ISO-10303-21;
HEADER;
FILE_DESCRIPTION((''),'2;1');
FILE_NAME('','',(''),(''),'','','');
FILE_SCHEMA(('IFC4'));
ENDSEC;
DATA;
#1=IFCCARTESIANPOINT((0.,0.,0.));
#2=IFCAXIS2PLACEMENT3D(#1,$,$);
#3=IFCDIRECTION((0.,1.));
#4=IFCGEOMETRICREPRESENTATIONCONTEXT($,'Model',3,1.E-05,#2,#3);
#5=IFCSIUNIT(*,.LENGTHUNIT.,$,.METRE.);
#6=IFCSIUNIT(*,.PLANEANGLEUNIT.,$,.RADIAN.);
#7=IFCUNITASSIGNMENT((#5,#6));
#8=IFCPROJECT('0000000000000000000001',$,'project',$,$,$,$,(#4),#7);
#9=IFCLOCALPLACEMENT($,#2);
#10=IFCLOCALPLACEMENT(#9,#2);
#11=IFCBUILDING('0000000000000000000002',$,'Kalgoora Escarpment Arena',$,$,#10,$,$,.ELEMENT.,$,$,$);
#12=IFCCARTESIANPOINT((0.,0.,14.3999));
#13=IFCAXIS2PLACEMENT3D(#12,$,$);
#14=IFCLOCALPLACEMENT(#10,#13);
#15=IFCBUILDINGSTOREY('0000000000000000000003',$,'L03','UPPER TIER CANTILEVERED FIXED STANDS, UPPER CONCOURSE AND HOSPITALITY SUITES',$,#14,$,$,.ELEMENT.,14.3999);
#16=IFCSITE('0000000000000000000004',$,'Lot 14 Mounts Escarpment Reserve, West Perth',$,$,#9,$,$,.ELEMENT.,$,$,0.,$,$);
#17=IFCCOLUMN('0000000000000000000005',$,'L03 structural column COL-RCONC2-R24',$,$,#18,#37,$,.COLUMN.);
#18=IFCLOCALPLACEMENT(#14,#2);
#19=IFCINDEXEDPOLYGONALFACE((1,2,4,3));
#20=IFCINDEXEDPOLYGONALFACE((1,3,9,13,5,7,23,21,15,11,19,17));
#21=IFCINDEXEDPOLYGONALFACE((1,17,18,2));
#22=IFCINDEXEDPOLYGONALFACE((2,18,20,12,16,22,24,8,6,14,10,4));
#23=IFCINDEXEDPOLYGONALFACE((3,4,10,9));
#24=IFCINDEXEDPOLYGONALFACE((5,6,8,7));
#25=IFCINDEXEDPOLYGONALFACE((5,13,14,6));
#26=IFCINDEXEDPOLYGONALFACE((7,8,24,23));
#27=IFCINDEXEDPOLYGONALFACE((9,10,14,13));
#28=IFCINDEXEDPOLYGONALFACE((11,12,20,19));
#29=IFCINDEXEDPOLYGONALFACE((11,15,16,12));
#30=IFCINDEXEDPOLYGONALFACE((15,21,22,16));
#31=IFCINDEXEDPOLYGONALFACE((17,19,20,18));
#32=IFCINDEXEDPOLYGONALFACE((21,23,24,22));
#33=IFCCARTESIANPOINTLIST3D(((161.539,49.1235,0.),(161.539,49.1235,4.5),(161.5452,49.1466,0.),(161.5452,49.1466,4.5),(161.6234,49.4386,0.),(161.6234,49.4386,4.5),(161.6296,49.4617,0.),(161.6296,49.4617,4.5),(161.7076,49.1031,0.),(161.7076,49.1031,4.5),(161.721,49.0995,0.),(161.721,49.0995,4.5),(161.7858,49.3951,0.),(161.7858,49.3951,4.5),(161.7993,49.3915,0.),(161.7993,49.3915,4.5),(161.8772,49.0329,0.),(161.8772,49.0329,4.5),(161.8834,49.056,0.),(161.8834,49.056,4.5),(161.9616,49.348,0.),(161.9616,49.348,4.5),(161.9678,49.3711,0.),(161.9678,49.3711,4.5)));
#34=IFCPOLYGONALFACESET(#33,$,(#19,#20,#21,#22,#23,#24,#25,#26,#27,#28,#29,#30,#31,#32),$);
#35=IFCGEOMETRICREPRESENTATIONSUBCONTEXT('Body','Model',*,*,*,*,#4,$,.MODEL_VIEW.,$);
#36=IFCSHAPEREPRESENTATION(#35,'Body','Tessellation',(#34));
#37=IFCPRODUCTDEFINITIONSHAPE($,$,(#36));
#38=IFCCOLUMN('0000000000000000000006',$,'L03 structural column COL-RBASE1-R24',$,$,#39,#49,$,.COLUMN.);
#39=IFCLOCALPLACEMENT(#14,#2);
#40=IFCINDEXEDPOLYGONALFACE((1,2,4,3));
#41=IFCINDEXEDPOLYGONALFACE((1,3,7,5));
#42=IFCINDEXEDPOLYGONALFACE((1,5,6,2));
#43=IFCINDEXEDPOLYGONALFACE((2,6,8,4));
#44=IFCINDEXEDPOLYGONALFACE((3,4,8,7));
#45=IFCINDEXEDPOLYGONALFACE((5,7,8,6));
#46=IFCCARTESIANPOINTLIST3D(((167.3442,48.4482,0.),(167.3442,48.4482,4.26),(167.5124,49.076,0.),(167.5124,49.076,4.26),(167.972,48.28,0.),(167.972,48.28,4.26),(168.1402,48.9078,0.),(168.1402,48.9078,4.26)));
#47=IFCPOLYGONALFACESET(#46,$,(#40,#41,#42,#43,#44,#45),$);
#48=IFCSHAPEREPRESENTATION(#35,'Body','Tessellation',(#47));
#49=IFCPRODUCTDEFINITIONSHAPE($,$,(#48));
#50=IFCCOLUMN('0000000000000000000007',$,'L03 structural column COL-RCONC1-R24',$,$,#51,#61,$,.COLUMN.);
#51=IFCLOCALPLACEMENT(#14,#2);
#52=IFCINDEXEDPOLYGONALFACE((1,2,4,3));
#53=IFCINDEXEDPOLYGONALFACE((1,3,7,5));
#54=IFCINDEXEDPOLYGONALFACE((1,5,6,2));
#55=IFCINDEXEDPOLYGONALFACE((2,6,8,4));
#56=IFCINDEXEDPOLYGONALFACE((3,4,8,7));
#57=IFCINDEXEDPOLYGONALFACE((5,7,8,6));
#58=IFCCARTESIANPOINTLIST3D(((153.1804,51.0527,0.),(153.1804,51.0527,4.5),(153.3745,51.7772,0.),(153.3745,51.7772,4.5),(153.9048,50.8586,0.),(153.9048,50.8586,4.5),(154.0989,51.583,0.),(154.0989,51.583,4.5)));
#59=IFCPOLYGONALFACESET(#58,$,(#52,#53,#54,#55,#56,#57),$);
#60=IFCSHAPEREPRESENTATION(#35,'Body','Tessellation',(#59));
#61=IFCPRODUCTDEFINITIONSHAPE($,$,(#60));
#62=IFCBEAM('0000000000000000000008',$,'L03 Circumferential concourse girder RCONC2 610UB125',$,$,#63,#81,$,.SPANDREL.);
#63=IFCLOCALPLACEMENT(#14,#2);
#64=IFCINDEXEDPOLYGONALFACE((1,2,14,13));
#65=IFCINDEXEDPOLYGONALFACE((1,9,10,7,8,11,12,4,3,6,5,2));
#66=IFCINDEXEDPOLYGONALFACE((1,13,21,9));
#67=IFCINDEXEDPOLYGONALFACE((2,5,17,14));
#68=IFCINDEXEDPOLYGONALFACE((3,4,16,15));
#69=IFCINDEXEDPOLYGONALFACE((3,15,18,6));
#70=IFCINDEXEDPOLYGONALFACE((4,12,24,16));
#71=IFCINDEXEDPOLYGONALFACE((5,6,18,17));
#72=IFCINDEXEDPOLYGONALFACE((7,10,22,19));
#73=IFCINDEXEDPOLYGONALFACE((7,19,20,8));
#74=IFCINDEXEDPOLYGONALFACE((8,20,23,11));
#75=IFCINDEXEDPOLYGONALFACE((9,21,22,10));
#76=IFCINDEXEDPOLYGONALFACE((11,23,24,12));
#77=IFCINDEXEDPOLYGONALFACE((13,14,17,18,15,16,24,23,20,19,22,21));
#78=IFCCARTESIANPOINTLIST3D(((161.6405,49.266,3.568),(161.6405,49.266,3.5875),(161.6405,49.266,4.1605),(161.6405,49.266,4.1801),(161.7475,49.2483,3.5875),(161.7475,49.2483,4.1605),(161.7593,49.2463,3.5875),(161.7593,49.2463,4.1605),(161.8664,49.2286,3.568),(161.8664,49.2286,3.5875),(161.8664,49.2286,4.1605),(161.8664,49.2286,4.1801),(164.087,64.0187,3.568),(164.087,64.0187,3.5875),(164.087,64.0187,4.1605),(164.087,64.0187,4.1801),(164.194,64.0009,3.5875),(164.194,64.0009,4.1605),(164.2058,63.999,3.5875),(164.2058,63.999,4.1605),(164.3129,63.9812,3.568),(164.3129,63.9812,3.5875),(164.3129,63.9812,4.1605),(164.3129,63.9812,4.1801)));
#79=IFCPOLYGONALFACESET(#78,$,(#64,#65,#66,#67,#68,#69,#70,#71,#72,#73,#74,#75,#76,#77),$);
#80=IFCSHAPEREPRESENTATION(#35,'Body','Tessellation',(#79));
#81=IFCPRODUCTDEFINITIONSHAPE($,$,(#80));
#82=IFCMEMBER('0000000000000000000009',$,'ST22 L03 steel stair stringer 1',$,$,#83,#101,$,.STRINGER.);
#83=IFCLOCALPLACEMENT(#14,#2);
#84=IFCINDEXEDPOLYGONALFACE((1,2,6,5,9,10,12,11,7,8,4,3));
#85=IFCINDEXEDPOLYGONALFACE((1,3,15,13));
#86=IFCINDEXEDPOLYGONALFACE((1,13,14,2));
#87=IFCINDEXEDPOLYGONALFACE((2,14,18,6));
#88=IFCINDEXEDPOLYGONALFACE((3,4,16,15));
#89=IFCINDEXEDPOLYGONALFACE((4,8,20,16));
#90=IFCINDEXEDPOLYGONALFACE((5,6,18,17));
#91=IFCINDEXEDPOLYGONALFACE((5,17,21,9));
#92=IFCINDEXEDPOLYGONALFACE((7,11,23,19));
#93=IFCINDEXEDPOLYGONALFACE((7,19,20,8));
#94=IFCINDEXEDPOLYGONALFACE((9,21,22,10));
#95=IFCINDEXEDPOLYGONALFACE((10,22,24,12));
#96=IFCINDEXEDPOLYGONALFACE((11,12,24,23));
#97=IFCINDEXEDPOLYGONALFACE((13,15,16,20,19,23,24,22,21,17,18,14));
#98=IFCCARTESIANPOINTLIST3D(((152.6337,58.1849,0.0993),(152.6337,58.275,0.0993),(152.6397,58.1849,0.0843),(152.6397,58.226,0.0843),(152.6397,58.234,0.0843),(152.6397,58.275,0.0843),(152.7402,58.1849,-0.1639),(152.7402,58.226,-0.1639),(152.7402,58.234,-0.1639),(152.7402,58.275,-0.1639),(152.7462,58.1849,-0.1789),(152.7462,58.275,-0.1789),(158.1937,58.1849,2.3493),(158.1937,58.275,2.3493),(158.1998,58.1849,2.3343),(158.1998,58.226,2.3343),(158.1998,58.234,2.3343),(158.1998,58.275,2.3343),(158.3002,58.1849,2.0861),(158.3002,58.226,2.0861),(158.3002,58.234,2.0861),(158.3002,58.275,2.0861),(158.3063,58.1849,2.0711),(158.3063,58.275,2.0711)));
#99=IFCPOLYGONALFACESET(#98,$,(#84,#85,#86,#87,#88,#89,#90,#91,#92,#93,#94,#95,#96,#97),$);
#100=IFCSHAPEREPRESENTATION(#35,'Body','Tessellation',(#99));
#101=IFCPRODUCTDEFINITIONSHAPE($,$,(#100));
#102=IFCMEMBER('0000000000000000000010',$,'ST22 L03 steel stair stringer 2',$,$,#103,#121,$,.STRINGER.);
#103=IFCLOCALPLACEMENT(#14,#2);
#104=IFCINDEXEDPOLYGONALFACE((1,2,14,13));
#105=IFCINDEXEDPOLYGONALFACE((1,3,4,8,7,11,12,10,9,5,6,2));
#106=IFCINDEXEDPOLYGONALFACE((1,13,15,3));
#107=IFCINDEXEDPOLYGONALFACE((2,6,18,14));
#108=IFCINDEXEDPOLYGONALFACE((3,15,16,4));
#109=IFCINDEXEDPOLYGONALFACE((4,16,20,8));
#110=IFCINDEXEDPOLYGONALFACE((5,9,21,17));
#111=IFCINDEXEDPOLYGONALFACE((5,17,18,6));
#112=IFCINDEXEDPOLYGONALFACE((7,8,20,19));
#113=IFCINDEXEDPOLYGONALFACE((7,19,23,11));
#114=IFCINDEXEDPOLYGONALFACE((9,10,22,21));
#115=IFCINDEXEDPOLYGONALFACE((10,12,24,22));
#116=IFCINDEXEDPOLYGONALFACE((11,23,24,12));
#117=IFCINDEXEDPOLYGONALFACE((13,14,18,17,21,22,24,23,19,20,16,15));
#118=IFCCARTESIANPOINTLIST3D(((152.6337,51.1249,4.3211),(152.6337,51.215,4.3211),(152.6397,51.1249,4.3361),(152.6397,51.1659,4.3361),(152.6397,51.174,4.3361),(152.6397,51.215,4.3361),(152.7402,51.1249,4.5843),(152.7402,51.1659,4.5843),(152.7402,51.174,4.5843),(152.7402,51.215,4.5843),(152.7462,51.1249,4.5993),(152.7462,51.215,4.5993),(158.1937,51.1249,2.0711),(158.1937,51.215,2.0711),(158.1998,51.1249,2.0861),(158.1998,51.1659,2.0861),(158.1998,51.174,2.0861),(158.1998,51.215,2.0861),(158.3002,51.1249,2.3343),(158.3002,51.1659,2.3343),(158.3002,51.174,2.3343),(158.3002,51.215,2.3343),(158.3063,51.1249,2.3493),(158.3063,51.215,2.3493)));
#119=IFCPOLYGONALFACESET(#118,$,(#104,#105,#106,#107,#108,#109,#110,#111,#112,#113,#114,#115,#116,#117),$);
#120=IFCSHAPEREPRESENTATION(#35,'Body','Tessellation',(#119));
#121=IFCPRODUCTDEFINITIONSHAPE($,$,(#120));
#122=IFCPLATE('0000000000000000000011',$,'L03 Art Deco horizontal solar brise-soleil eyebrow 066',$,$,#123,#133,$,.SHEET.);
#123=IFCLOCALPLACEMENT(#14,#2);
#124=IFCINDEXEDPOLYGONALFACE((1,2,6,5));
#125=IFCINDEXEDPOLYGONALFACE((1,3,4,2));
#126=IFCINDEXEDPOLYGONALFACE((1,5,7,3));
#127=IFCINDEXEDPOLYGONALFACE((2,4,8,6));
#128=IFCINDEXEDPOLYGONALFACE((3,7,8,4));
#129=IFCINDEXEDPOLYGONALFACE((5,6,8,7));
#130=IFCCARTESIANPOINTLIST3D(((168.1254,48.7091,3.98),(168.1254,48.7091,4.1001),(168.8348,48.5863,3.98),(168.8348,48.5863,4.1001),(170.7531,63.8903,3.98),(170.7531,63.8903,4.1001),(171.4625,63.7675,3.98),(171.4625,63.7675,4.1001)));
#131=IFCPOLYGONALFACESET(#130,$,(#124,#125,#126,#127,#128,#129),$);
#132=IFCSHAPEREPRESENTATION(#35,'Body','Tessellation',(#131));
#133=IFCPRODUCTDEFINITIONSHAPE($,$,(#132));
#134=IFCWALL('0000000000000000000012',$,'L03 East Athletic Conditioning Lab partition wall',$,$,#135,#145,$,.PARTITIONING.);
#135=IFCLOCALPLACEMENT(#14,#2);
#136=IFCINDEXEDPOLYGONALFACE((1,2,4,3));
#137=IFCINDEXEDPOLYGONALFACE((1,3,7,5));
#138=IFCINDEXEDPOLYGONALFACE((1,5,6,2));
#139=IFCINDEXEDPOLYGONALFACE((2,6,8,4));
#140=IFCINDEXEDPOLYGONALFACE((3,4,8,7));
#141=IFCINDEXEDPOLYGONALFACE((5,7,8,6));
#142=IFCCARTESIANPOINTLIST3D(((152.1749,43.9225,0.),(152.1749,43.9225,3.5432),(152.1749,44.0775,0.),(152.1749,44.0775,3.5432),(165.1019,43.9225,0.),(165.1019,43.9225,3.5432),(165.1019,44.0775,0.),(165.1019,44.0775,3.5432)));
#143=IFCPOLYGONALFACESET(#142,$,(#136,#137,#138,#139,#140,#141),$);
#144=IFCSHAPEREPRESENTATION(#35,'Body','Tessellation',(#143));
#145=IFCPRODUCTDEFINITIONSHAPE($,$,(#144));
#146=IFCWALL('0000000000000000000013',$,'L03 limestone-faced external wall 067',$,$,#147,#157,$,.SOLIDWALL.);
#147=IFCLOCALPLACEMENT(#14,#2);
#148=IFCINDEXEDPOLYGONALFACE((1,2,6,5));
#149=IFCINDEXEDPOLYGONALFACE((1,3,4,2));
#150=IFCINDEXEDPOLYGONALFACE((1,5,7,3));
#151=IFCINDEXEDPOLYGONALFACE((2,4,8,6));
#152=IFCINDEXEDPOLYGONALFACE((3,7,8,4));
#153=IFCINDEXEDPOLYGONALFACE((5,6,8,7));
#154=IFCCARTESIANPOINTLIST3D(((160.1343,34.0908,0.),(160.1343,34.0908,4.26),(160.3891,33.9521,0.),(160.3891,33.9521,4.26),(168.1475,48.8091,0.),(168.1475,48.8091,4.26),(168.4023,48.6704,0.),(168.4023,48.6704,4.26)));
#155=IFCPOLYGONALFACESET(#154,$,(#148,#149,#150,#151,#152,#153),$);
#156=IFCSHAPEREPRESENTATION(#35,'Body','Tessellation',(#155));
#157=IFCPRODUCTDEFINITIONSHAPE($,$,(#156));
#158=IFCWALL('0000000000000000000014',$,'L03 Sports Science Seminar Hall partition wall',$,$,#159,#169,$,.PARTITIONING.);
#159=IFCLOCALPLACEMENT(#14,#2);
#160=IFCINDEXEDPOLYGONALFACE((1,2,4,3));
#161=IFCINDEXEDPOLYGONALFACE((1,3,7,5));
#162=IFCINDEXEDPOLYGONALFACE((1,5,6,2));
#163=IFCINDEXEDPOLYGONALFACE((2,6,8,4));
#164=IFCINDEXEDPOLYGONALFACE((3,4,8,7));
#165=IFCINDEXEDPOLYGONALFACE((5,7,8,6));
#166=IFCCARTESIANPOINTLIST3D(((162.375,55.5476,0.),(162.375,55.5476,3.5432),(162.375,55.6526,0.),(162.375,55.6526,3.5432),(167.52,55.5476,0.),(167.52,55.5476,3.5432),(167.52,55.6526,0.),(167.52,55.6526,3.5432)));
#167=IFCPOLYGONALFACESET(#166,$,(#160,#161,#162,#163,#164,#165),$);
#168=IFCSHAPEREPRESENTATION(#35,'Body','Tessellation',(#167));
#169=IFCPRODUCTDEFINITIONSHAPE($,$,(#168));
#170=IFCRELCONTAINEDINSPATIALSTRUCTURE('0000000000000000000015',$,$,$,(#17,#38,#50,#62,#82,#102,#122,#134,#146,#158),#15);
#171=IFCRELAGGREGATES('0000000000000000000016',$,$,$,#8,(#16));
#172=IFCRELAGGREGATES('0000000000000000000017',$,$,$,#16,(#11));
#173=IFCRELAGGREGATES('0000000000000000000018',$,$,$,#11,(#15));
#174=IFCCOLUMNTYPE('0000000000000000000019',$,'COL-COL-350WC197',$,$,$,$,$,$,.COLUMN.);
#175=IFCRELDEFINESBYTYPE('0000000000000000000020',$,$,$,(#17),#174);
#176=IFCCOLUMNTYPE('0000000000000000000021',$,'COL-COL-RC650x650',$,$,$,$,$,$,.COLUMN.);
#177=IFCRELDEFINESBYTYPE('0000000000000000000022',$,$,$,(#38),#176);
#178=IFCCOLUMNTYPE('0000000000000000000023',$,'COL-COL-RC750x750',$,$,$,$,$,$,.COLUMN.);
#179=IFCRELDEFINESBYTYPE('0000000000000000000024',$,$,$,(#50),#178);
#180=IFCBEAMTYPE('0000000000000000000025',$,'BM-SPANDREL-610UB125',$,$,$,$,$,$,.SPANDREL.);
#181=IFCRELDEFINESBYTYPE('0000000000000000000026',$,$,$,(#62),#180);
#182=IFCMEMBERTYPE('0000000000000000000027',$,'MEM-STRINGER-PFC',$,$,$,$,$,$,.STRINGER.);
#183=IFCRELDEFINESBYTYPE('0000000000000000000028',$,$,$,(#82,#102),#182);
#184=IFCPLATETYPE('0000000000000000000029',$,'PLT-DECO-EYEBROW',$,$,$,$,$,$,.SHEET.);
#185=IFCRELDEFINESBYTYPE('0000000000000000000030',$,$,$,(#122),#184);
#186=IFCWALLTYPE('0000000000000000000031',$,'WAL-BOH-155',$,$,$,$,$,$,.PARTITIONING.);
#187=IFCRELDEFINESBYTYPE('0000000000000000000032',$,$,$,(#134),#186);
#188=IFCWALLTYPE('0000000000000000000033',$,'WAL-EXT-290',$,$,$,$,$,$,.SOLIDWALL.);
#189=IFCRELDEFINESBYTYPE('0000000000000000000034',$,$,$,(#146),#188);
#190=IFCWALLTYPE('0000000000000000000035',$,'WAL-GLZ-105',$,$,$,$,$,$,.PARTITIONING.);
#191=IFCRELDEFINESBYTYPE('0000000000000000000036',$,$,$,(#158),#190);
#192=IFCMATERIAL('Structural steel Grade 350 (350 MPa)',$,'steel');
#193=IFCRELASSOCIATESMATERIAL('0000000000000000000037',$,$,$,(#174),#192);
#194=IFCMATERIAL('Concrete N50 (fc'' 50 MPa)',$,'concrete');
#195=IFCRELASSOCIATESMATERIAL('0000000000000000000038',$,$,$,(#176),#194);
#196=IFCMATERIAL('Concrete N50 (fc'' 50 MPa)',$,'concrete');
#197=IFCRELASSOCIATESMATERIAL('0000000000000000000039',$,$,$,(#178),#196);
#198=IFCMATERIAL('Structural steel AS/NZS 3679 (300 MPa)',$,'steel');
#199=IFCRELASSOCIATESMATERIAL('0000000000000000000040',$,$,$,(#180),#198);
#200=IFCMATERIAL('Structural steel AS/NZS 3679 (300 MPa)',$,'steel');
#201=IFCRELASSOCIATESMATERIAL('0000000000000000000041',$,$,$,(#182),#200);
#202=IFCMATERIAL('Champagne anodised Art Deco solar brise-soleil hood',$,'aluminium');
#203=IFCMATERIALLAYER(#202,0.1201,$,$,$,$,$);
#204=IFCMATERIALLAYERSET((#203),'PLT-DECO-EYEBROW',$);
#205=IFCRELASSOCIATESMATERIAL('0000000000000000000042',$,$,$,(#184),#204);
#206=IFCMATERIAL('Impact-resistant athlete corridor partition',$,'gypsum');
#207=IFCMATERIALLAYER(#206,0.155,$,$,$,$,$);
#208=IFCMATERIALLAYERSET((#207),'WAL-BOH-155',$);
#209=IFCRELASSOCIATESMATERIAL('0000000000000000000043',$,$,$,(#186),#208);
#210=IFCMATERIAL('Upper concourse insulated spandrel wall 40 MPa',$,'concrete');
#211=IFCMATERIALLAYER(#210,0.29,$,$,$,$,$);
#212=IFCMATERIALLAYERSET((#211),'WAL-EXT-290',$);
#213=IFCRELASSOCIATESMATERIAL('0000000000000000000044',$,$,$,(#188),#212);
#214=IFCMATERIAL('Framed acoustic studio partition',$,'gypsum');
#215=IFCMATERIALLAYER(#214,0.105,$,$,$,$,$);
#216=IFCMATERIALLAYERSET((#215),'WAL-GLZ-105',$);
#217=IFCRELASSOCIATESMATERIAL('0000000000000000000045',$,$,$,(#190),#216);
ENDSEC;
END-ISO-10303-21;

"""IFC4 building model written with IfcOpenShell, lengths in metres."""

from ifc_helpers import new_model, si_unit, direction, frame, frame_2d, origin, origin_2d, place, context, subcontext, project, spatial, rectangle, i_section, extrude, material, layer, layer_set, material_profile, profile_set, type_object, element, save


model = new_model("IFC4")

# Units and contexts
model_context = context("Model", 3, precision=1e-05, world=origin(), true_north=direction((0.0, 1.0)))
body_context = subcontext(model_context, "Body", "Model", "MODEL_VIEW")
ifc_project = project(units=[si_unit("LENGTHUNIT", "METRE"), si_unit("PLANEANGLEUNIT", "RADIAN")], contexts=[model_context])

# Site, building, storey
site_placement = place(None, origin())
site = spatial("IfcSite", under=ifc_project, at=site_placement, Name="Lot 14 Mounts Escarpment Reserve, West Perth", CompositionType="ELEMENT", RefElevation=0.0)
building_placement = place(site_placement, origin())
building = spatial("IfcBuilding", under=site, at=building_placement, Name="Kalgoora Escarpment Arena", CompositionType="ELEMENT")
storey_placement = place(building_placement, frame((0.0, 0.0, 14.3999)))
storey = spatial("IfcBuildingStorey", under=building, at=storey_placement, Name="L03", Description="UPPER TIER CANTILEVERED FIXED STANDS, UPPER CONCOURSE AND HOSPITALITY SUITES", CompositionType="ELEMENT", Elevation=14.3999)

# Columns
ifc_material_1 = material(Name="Structural steel Grade 350 (350 MPa)", Category="steel")
ifc_material_profile_1 = material_profile(ifc_material_1, i_section(OverallWidth=0.3501, OverallDepth=0.3501, WebThickness=0.0139, FlangeThickness=0.0239, at=origin_2d()))
ifc_profile_set_1 = profile_set([ifc_material_profile_1], Name="Structural steel Grade 350 (350 MPa)")
column_type_1 = type_object("IfcColumnType", Name="COL-COL-350WC197", PredefinedType="COLUMN", material=ifc_profile_set_1)
column_1_placement = place(storey_placement, frame((161.7534, 49.2473, 0.0), z_axis=(0.0, 0.0, 1.0), x_axis=(0.965926, -0.258819, 0.0)))
element("IfcColumn", 1, at=column_1_placement, inside=storey, type_object=column_type_1, Name="L03 structural column COL-RCONC2-R24", PredefinedType="COLUMN", context=body_context, shape_type="SweptSolid", body=[
    extrude(i_section(OverallWidth=0.3501, OverallDepth=0.3501, WebThickness=0.0139, FlangeThickness=0.0239, at=origin_2d()), origin(), (0.0, 0.0, 1.0), 4.5),
])
ifc_material_2 = material(Name="Concrete N50 (fc' 50 MPa)", Category="concrete")
ifc_material_profile_2 = material_profile(ifc_material_2, rectangle(XDim=0.6499, YDim=0.6499, at=origin_2d()))
ifc_profile_set_2 = profile_set([ifc_material_profile_2], Name="Concrete N50 (fc' 50 MPa)")
column_type_2 = type_object("IfcColumnType", Name="COL-COL-RC650x650", PredefinedType="COLUMN", material=ifc_profile_set_2)
column_2_placement = place(storey_placement, frame((167.7422, 48.678, 0.0), z_axis=(0.0, 0.0, 1.0), x_axis=(0.965926, -0.258819, 0.0)))
element("IfcColumn", 2, at=column_2_placement, inside=storey, type_object=column_type_2, Name="L03 structural column COL-RBASE1-R24", PredefinedType="COLUMN", context=body_context, shape_type="SweptSolid", body=[
    extrude(rectangle(XDim=0.6499, YDim=0.6499, at=origin_2d()), origin(), (0.0, 0.0, 1.0), 4.26),
])
ifc_material_3 = material(Name="Concrete N50 (fc' 50 MPa)", Category="concrete")
ifc_material_profile_3 = material_profile(ifc_material_3, rectangle(XDim=0.75, YDim=0.75, at=origin_2d()))
ifc_profile_set_3 = profile_set([ifc_material_profile_3], Name="Concrete N50 (fc' 50 MPa)")
column_type_3 = type_object("IfcColumnType", Name="COL-COL-RC750x750", PredefinedType="COLUMN", material=ifc_profile_set_3)
column_3_placement = place(storey_placement, frame((153.6396, 51.3179, 0.0), z_axis=(0.0, 0.0, 1.0), x_axis=(0.965926, -0.258819, 0.0)))
element("IfcColumn", 3, at=column_3_placement, inside=storey, type_object=column_type_3, Name="L03 structural column COL-RCONC1-R24", PredefinedType="COLUMN", context=body_context, shape_type="SweptSolid", body=[
    extrude(rectangle(XDim=0.75, YDim=0.75, at=origin_2d()), origin(), (0.0, 0.0, 1.0), 4.5),
])

# Beam
ifc_material_4 = material(Name="Structural steel AS/NZS 3679 (300 MPa)", Category="steel")
ifc_material_profile_4 = material_profile(ifc_material_4, i_section(OverallWidth=0.229, OverallDepth=0.6121, WebThickness=0.012, FlangeThickness=0.0195, at=origin_2d()))
ifc_profile_set_4 = profile_set([ifc_material_profile_4], Name="Structural steel AS/NZS 3679 (300 MPa)")
beam_type = type_object("IfcBeamType", Name="BM-SPANDREL-610UB125", PredefinedType="SPANDREL", material=ifc_profile_set_4)
beam_placement = place(storey_placement, frame((161.7534, 49.2473, 3.874), z_axis=(0.163602, 0.986526, 0.0), x_axis=(-0.986526, 0.163602, 0.0)))
element("IfcBeam", 4, at=beam_placement, inside=storey, type_object=beam_type, Name="L03 Circumferential concourse girder RCONC2 610UB125", PredefinedType="SPANDREL", context=body_context, shape_type="SweptSolid", body=[
    extrude(i_section(OverallWidth=0.229, OverallDepth=0.6121, WebThickness=0.012, FlangeThickness=0.0195, at=origin_2d()), origin(), (0.0, 0.0, 1.0), 14.9541),
])

# Members
ifc_material_5 = material(Name="Structural steel AS/NZS 3679 (300 MPa)", Category="steel")
ifc_material_profile_5 = material_profile(ifc_material_5, i_section(OverallWidth=0.0901, OverallDepth=0.3, WebThickness=0.0081, FlangeThickness=0.0161, at=origin_2d()))
ifc_profile_set_5 = profile_set([ifc_material_profile_5], Name="Structural steel AS/NZS 3679 (300 MPa)")
member_type = type_object("IfcMemberType", Name="MEM-STRINGER-PFC", PredefinedType="STRINGER", material=ifc_profile_set_5)
for number, where, z_axis, x_axis, name in (
    (5, (152.6899, 58.23, -0.0398), (0.926976, 0.0, 0.375121), (0.0, 1.0, 0.0), "ST22 L03 steel stair stringer 1"),
    (6, (158.25, 51.1699, 2.2102), (-0.926976, 0.0, 0.375121), (0.0, -1.0, 0.0), "ST22 L03 steel stair stringer 2"),
):
    element("IfcMember", number, at=place(storey_placement, frame(where, z_axis=z_axis, x_axis=x_axis)), inside=storey, type_object=member_type, Name=name, PredefinedType="STRINGER", context=body_context, shape_type="SweptSolid", body=[
        extrude(i_section(OverallWidth=0.0901, OverallDepth=0.3, WebThickness=0.0081, FlangeThickness=0.0161, at=origin_2d()), origin(), (0.0, 0.0, 1.0), 5.998),
    ])

# Plate
ifc_material_6 = material(Name="Champagne anodised Art Deco solar brise-soleil hood", Category="aluminium")
ifc_layer_1 = layer(ifc_material_6, 0.1201)
ifc_layer_set_1 = layer_set([ifc_layer_1], Name="PLT-DECO-EYEBROW")
plate_type = type_object("IfcPlateType", Name="PLT-DECO-EYEBROW", PredefinedType="SHEET", material=ifc_layer_set_1)
plate_placement = place(storey_placement, frame((169.7939, 56.2383, 3.98), z_axis=(0.0, 0.0, 1.0), x_axis=(-0.170553, -0.985348, 0.0)))
element("IfcPlate", 7, at=plate_placement, inside=storey, type_object=plate_type, Name="L03 Art Deco horizontal solar brise-soleil eyebrow 066", PredefinedType="SHEET", context=body_context, shape_type="SweptSolid", body=[
    extrude(rectangle(XDim=15.407, YDim=0.72, at=origin_2d()), origin(), (0.0, 0.0, 1.0), 0.1201),
])

# Walls
ifc_material_7 = material(Name="Impact-resistant athlete corridor partition", Category="gypsum")
ifc_layer_2 = layer(ifc_material_7, 0.155)
ifc_layer_set_2 = layer_set([ifc_layer_2], Name="WAL-BOH-155")
wall_type_1 = type_object("IfcWallType", Name="WAL-BOH-155", PredefinedType="PARTITIONING", material=ifc_layer_set_2)
wall_1_placement = place(storey_placement, frame((152.175, 44.0, 0.0), z_axis=(0.0, 0.0, 1.0), x_axis=(1.0, 0.0, 0.0)))
element("IfcWall", 8, at=wall_1_placement, inside=storey, type_object=wall_type_1, Name="L03 East Athletic Conditioning Lab partition wall", PredefinedType="PARTITIONING", context=body_context, shape_type="SweptSolid", body=[
    extrude(rectangle(XDim=12.927, YDim=0.155, at=frame_2d((6.4634, 0.0))), origin(), (0.0, 0.0, 1.0), 3.5432),
])
ifc_material_8 = material(Name="Upper concourse insulated spandrel wall 40 MPa", Category="concrete")
ifc_layer_3 = layer(ifc_material_8, 0.29)
ifc_layer_set_3 = layer_set([ifc_layer_3], Name="WAL-EXT-290")
wall_type_2 = type_object("IfcWallType", Name="WAL-EXT-290", PredefinedType="SOLIDWALL", material=ifc_layer_set_3)
wall_2_placement = place(storey_placement, frame((168.2749, 48.7397, 0.0), z_axis=(0.0, 0.0, 1.0), x_axis=(-0.478164, -0.878271, 0.0)))
element("IfcWall", 9, at=wall_2_placement, inside=storey, type_object=wall_type_2, Name="L03 limestone-faced external wall 067", PredefinedType="SOLIDWALL", context=body_context, shape_type="SweptSolid", body=[
    extrude(rectangle(XDim=16.7583, YDim=0.29, at=frame_2d((8.3792, 0.0))), origin(), (0.0, 0.0, 1.0), 4.26),
])
ifc_material_9 = material(Name="Framed acoustic studio partition", Category="gypsum")
ifc_layer_4 = layer(ifc_material_9, 0.105)
ifc_layer_set_4 = layer_set([ifc_layer_4], Name="WAL-GLZ-105")
wall_type_3 = type_object("IfcWallType", Name="WAL-GLZ-105", PredefinedType="PARTITIONING", material=ifc_layer_set_4)
wall_3_placement = place(storey_placement, frame((162.375, 55.6001, 0.0), z_axis=(0.0, 0.0, 1.0), x_axis=(1.0, 0.0, 0.0)))
element("IfcWall", 10, at=wall_3_placement, inside=storey, type_object=wall_type_3, Name="L03 Sports Science Seminar Hall partition wall", PredefinedType="PARTITIONING", context=body_context, shape_type="SweptSolid", body=[
    extrude(rectangle(XDim=5.145, YDim=0.105, at=frame_2d((2.5725, 0.0))), origin(), (0.0, 0.0, 1.0), 3.5432),
])

save(model, "model.ifc")
